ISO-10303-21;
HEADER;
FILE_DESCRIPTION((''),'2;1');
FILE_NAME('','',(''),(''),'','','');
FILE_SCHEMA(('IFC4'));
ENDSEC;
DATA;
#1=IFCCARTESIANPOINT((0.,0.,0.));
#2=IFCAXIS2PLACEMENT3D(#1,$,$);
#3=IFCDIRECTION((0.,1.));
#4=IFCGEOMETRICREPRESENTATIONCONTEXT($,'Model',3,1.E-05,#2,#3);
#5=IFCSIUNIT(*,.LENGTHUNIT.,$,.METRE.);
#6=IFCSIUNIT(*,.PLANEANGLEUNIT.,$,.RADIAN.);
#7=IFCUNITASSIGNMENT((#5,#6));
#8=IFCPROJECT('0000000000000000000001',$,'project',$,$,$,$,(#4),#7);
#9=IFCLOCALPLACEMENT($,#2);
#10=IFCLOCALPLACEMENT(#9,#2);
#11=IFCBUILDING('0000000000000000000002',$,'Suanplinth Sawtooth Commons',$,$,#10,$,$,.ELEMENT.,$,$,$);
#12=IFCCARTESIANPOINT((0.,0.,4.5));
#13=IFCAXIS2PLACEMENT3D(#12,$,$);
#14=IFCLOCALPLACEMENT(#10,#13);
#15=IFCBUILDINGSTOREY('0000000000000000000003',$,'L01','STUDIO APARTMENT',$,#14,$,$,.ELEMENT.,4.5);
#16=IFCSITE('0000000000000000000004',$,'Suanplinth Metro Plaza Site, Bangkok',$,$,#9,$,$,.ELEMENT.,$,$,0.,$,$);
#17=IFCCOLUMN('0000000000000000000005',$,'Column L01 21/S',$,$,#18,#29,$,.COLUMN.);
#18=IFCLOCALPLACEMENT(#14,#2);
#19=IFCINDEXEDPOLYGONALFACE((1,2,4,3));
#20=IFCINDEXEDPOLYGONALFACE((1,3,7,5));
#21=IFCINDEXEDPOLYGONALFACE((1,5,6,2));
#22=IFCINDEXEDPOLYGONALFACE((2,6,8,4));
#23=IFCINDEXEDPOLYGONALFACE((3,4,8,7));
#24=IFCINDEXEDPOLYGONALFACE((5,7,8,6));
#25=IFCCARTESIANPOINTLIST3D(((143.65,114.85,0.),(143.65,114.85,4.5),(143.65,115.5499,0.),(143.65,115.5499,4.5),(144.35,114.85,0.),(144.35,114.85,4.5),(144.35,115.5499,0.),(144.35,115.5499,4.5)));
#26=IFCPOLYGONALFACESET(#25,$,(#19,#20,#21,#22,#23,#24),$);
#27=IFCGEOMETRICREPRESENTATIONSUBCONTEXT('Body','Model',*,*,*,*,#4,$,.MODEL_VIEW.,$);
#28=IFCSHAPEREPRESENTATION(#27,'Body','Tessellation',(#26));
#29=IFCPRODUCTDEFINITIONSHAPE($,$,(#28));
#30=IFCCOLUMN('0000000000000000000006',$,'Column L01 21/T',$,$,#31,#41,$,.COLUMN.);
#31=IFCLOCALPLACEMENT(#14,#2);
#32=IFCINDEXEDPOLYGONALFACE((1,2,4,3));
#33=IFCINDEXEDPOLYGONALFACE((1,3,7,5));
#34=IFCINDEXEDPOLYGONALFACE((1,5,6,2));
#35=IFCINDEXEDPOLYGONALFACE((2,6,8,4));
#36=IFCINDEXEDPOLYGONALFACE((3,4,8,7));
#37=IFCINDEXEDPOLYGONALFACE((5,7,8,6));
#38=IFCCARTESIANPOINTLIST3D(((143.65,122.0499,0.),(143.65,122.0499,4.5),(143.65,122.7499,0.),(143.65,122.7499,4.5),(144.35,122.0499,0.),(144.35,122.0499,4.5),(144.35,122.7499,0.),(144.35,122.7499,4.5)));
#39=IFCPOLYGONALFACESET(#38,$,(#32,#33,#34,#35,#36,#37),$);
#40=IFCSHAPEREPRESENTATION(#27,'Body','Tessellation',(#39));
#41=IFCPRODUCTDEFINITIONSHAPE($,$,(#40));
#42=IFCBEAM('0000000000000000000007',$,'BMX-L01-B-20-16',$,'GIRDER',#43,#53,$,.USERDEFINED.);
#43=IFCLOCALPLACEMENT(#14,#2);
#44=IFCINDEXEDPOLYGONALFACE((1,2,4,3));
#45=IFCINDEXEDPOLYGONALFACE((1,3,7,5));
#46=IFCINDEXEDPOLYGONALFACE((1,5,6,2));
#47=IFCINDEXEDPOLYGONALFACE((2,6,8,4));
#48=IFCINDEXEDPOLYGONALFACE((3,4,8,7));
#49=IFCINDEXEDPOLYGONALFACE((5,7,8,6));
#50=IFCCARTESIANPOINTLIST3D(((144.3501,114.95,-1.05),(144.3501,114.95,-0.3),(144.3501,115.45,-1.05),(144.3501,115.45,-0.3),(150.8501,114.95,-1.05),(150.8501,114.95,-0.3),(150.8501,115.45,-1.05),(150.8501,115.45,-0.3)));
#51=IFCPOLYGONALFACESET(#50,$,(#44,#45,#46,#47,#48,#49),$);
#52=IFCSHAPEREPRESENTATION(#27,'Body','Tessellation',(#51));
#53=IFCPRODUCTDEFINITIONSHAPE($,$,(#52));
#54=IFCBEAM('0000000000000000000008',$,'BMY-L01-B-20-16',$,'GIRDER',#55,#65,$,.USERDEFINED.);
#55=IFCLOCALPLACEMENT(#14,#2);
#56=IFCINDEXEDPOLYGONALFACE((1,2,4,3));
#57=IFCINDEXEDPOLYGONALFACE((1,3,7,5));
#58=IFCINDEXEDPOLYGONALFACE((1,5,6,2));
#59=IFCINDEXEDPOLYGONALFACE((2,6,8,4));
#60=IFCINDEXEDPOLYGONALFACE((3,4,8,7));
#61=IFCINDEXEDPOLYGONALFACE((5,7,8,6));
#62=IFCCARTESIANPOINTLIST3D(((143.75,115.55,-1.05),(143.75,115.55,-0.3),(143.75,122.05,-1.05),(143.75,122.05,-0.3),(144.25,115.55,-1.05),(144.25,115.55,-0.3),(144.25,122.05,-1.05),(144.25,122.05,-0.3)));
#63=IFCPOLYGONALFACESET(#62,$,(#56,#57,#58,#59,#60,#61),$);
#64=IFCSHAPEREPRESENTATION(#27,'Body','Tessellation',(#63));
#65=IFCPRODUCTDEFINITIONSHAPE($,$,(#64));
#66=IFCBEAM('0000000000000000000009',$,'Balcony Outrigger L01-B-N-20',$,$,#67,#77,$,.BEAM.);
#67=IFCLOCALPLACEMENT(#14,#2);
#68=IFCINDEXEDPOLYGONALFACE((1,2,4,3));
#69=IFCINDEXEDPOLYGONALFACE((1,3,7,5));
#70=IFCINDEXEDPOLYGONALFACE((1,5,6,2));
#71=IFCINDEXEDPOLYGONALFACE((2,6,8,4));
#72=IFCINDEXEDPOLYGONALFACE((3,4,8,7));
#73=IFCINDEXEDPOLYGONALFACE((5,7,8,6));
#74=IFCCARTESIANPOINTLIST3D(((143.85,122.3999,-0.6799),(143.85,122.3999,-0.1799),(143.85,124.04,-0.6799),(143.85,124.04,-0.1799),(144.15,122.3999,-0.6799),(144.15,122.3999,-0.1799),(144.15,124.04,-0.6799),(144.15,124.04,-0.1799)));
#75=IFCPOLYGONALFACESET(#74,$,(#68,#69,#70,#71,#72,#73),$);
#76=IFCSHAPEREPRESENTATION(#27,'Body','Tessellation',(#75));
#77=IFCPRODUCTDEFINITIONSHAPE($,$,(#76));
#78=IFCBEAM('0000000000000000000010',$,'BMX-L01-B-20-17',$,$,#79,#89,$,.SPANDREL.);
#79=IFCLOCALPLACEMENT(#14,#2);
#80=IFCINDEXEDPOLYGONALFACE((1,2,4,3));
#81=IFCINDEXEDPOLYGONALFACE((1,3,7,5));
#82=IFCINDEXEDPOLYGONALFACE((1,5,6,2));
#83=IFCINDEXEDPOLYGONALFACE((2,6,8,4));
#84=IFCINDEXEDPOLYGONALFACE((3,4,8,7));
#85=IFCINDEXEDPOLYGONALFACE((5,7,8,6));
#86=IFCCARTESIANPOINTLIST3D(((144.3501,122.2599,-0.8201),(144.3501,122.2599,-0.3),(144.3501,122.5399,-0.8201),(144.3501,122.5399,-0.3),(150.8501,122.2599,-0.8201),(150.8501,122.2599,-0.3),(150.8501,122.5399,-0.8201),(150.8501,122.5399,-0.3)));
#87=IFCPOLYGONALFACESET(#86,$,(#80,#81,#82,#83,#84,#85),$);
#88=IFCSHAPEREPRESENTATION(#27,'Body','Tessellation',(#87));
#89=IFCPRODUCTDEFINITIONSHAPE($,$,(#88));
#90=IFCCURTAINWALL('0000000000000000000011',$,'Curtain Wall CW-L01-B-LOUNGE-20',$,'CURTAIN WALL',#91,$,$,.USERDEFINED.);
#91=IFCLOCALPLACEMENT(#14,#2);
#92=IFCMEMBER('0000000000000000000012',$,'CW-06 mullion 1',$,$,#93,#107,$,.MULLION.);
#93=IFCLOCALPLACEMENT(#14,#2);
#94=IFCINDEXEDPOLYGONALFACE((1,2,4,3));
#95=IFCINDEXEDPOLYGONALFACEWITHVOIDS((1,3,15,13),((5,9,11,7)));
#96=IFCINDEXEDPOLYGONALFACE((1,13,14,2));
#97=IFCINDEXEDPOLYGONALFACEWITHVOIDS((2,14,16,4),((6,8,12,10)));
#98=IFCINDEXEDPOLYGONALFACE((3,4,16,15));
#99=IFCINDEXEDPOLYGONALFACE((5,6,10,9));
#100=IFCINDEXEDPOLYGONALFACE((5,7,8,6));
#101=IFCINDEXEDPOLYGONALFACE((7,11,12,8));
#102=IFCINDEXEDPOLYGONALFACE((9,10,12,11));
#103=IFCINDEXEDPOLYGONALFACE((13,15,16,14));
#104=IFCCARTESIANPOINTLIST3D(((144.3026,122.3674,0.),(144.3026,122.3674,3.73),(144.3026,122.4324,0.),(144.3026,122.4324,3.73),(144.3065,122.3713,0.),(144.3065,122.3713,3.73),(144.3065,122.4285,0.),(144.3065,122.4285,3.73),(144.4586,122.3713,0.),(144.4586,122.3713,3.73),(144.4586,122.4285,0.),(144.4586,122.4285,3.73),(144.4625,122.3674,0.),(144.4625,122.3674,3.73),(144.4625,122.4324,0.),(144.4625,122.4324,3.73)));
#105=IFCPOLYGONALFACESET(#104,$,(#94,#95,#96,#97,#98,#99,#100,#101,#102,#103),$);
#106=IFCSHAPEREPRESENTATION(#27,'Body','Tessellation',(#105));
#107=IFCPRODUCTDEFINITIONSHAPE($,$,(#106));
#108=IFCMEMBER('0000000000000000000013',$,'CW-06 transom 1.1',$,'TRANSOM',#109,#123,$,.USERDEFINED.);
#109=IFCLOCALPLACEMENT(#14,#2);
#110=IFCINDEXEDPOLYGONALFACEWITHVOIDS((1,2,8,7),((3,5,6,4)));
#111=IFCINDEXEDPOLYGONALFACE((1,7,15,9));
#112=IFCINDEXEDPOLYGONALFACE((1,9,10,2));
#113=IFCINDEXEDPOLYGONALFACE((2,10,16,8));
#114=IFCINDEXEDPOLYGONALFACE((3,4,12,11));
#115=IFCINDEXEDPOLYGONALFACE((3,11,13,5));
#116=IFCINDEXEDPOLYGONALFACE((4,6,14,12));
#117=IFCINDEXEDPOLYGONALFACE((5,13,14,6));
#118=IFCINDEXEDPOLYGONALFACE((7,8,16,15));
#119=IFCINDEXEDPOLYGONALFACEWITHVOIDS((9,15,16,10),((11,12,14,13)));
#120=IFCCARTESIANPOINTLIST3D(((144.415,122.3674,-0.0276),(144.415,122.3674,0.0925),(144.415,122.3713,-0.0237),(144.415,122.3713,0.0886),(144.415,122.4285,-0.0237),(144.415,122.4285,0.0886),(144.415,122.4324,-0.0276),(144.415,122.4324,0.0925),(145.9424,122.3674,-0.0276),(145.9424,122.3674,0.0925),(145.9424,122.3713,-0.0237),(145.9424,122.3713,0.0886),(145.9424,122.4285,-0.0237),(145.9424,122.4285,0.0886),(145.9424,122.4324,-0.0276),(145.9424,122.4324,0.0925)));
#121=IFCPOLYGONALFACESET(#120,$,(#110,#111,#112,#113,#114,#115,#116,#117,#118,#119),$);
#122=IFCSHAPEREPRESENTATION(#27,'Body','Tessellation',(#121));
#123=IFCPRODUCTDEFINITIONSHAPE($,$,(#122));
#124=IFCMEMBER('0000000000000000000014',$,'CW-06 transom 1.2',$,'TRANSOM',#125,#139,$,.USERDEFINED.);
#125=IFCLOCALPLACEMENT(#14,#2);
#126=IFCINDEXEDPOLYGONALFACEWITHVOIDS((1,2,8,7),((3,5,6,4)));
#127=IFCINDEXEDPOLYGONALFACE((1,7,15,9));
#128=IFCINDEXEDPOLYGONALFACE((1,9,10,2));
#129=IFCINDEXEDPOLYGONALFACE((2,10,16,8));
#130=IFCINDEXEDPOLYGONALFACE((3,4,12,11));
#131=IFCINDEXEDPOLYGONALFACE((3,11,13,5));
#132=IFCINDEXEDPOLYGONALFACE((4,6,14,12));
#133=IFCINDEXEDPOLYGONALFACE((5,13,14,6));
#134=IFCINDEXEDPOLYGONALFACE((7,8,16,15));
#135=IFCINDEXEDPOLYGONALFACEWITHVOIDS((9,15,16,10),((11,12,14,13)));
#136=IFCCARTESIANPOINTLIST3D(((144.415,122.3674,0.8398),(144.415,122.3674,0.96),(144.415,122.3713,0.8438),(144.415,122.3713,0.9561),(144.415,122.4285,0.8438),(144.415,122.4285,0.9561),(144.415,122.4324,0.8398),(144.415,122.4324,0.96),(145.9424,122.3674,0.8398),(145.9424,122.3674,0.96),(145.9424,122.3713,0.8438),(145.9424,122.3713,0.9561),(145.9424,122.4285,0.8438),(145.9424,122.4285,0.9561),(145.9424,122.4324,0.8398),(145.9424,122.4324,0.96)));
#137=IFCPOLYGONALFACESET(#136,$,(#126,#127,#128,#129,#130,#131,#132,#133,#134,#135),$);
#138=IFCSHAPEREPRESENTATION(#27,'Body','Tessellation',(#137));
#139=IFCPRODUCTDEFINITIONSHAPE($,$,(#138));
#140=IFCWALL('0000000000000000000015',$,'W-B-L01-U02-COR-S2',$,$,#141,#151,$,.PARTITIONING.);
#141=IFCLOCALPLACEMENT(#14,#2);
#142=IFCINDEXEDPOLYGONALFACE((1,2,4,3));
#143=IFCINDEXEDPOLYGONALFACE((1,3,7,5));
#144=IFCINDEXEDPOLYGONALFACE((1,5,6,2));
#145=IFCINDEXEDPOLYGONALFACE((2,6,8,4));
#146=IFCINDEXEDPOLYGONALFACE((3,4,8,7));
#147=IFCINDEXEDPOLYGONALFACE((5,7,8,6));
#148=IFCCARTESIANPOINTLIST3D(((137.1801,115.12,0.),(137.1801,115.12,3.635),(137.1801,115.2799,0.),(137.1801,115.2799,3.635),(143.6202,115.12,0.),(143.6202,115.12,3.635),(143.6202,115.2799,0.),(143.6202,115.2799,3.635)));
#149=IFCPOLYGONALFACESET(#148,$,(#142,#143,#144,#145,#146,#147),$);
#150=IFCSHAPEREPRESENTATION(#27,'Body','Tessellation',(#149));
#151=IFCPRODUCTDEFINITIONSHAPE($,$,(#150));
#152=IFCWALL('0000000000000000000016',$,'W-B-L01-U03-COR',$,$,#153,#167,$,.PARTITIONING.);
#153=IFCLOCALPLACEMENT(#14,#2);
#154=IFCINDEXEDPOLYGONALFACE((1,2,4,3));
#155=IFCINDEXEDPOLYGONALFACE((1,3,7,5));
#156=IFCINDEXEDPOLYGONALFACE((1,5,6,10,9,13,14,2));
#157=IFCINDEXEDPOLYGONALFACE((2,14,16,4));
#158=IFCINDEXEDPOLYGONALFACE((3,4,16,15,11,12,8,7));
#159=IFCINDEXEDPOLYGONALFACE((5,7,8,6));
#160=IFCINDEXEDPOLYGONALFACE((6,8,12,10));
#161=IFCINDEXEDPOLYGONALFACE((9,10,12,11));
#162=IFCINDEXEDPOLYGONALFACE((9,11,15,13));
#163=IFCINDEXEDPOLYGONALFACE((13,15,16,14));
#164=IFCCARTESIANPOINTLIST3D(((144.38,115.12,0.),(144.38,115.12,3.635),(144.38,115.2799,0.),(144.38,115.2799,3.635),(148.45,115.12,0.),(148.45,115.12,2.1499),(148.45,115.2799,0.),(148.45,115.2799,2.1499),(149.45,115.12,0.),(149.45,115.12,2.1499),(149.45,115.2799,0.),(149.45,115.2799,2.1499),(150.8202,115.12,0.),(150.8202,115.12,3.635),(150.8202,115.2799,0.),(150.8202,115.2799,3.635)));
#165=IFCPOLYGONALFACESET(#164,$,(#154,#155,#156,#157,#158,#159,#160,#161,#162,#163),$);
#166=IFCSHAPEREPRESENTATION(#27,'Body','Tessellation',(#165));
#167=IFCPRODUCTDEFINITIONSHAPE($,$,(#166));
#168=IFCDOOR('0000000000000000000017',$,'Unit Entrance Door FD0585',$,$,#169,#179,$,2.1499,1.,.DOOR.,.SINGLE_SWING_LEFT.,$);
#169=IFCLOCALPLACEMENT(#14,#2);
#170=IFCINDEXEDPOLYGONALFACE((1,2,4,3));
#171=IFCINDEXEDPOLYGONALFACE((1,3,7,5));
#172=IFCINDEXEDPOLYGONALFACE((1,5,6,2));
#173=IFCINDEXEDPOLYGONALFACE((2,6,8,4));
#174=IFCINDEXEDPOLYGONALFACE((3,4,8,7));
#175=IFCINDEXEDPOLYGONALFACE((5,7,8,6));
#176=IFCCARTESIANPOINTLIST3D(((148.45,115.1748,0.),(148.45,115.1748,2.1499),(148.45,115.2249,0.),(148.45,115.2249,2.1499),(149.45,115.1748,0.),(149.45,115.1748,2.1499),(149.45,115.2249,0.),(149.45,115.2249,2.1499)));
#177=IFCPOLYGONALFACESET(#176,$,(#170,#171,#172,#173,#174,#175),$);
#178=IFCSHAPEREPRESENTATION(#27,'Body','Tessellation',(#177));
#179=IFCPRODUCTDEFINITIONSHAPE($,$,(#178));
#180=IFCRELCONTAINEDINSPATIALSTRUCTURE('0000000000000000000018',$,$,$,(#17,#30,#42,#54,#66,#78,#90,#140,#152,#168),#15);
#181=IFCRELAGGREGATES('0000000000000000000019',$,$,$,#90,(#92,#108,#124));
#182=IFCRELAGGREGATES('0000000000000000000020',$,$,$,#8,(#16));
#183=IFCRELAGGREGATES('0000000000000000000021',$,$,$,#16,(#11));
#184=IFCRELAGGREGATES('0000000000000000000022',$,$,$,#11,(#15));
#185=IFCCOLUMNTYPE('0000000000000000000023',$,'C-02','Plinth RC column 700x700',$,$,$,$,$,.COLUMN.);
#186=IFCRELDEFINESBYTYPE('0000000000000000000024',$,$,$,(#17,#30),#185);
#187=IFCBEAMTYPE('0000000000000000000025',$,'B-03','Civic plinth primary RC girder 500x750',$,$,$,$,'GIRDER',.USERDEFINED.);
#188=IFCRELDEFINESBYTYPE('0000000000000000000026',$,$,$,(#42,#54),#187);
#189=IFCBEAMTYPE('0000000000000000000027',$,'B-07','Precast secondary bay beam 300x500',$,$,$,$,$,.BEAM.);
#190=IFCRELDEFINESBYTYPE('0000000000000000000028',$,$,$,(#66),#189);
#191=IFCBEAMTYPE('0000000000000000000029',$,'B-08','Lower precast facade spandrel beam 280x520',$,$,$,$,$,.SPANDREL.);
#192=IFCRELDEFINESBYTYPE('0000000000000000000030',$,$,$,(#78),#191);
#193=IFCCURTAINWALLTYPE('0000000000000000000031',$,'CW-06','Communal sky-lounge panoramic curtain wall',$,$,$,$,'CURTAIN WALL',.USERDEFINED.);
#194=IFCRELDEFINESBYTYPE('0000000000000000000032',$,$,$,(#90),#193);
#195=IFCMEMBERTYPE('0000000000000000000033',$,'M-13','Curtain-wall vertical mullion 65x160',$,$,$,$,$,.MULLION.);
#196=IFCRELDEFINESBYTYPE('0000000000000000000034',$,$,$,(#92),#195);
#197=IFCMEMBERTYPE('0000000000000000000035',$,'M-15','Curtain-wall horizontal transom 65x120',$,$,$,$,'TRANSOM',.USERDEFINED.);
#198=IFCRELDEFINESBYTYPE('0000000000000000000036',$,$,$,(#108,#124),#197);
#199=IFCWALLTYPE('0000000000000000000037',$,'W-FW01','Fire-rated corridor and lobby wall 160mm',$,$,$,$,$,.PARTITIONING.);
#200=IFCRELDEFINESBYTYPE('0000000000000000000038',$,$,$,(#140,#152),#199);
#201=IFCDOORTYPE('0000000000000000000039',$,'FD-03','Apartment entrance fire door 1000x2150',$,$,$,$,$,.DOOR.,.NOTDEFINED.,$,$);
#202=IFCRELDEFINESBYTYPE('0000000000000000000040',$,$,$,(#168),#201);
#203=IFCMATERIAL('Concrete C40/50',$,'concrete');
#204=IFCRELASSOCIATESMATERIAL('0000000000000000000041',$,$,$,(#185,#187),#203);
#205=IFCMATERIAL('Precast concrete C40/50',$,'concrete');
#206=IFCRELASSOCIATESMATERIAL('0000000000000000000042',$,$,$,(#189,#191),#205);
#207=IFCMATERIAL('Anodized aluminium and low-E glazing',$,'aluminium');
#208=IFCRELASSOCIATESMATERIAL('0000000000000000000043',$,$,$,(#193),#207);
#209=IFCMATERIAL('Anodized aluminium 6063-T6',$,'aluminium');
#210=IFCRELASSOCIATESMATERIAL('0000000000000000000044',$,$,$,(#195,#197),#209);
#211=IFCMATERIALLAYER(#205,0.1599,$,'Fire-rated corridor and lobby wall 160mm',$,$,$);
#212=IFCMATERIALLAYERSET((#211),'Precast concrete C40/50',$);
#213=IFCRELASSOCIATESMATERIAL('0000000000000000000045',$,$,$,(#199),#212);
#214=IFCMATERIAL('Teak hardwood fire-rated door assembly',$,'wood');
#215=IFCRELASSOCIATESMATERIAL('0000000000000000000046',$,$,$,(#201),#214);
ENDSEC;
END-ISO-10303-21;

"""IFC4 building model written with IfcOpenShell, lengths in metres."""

from ifc_helpers import new_model, si_unit, direction, frame, frame_2d, origin, origin_2d, place, context, subcontext, project, spatial, rectangle, hollow_rectangle, extrude, material, layer, layer_set, material_profile, profile_set, type_object, element, fill, aggregate, save


model = new_model("IFC4")

# Units and contexts
model_context = context("Model", 3, precision=1e-05, world=origin(), true_north=direction((0.0, 1.0)))
body_context = subcontext(model_context, "Body", "Model", "MODEL_VIEW")
ifc_project = project(units=[si_unit("LENGTHUNIT", "METRE"), si_unit("PLANEANGLEUNIT", "RADIAN")], contexts=[model_context])

# Site, building, storey
site_placement = place(None, origin())
site = spatial("IfcSite", under=ifc_project, at=site_placement, Name="Suanplinth Metro Plaza Site, Bangkok", CompositionType="ELEMENT", RefElevation=0.0)
building_placement = place(site_placement, origin())
building = spatial("IfcBuilding", under=site, at=building_placement, Name="Suanplinth Sawtooth Commons", CompositionType="ELEMENT")
storey_placement = place(building_placement, frame((0.0, 0.0, 4.5)))
storey = spatial("IfcBuildingStorey", under=building, at=storey_placement, Name="L01", Description="STUDIO APARTMENT", CompositionType="ELEMENT", Elevation=4.5)

# Columns
ifc_material_1 = material(Name="Concrete C40/50", Category="concrete")
ifc_material_profile_1 = material_profile(ifc_material_1, rectangle(XDim=0.7, YDim=0.7, at=origin_2d()), Name="RC-COL 700x700")
ifc_profile_set_1 = profile_set([ifc_material_profile_1], Name="Concrete C40/50")
column_type = type_object("IfcColumnType", Name="C-02", Description="Plinth RC column 700x700", PredefinedType="COLUMN", material=ifc_profile_set_1)
for number, where, z_axis, x_axis, name in (
    (1, (144.0, 115.2, 0.0), (0.0, 0.0, 1.0), (1.0, 0.0, 0.0), "Column L01 21/S"),
    (2, (144.0, 122.3999, 0.0), (0.0, 0.0, 1.0), (1.0, 0.0, 0.0), "Column L01 21/T"),
):
    element("IfcColumn", number, at=place(storey_placement, frame(where, z_axis=z_axis, x_axis=x_axis)), inside=storey, type_object=column_type, Name=name, PredefinedType="COLUMN", context=body_context, shape_type="SweptSolid", body=[
        extrude(rectangle(XDim=0.7, YDim=0.7, at=origin_2d()), origin(), (0.0, 0.0, 1.0), 4.5),
    ])

# Beams
ifc_material_profile_2 = material_profile(ifc_material_1, rectangle(XDim=0.5, YDim=0.75, at=origin_2d()), Name="RC-GDR 500x750")
ifc_profile_set_2 = profile_set([ifc_material_profile_2], Name="Concrete C40/50")
beam_type_1 = type_object("IfcBeamType", Name="B-03", Description="Civic plinth primary RC girder 500x750", ElementType="GIRDER", PredefinedType="USERDEFINED", material=ifc_profile_set_2)
for number, where, z_axis, x_axis, name in (
    (3, (144.3501, 115.2, -0.675), (1.0, 0.0, 0.0), (0.0, 1.0, 0.0), "BMX-L01-B-20-16"),
    (4, (144.0, 115.55, -0.675), (0.0, 1.0, 0.0), (-1.0, 0.0, 0.0), "BMY-L01-B-20-16"),
):
    element("IfcBeam", number, at=place(storey_placement, frame(where, z_axis=z_axis, x_axis=x_axis)), inside=storey, type_object=beam_type_1, Name=name, ObjectType="GIRDER", PredefinedType="USERDEFINED", context=body_context, shape_type="SweptSolid", body=[
        extrude(rectangle(XDim=0.5, YDim=0.75, at=origin_2d()), origin(), (0.0, 0.0, 1.0), 6.5),
    ])
ifc_material_2 = material(Name="Precast concrete C40/50", Category="concrete")
ifc_material_profile_3 = material_profile(ifc_material_2, rectangle(XDim=0.3, YDim=0.5, at=origin_2d()), Name="PC-BM 300x500")
ifc_profile_set_3 = profile_set([ifc_material_profile_3], Name="Precast concrete C40/50")
beam_type_2 = type_object("IfcBeamType", Name="B-07", Description="Precast secondary bay beam 300x500", PredefinedType="BEAM", material=ifc_profile_set_3)
beam_1_placement = place(storey_placement, frame((144.0, 122.3999, -0.4299), z_axis=(0.0, 1.0, 0.0), x_axis=(-1.0, 0.0, 0.0)))
element("IfcBeam", 5, at=beam_1_placement, inside=storey, type_object=beam_type_2, Name="Balcony Outrigger L01-B-N-20", PredefinedType="BEAM", context=body_context, shape_type="SweptSolid", body=[
    extrude(rectangle(XDim=0.3, YDim=0.5, at=origin_2d()), origin(), (0.0, 0.0, 1.0), 1.6401),
])
ifc_material_profile_4 = material_profile(ifc_material_2, rectangle(XDim=0.28, YDim=0.52, at=origin_2d()), Name="PC-SP 280x520")
ifc_profile_set_4 = profile_set([ifc_material_profile_4], Name="Precast concrete C40/50")
beam_type_3 = type_object("IfcBeamType", Name="B-08", Description="Lower precast facade spandrel beam 280x520", PredefinedType="SPANDREL", material=ifc_profile_set_4)
beam_2_placement = place(storey_placement, frame((144.3501, 122.3999, -0.5601), z_axis=(1.0, 0.0, 0.0), x_axis=(0.0, 1.0, 0.0)))
element("IfcBeam", 6, at=beam_2_placement, inside=storey, type_object=beam_type_3, Name="BMX-L01-B-20-17", PredefinedType="SPANDREL", context=body_context, shape_type="SweptSolid", body=[
    extrude(rectangle(XDim=0.28, YDim=0.52, at=origin_2d()), origin(), (0.0, 0.0, 1.0), 6.5),
])

# Curtain wall, members
ifc_material_3 = material(Name="Anodized aluminium and low-E glazing", Category="aluminium")
curtain_wall_type = type_object("IfcCurtainWallType", Name="CW-06", Description="Communal sky-lounge panoramic curtain wall", ElementType="CURTAIN WALL", PredefinedType="USERDEFINED", material=ifc_material_3)
curtain_wall_placement = place(storey_placement, origin())
curtain_wall = element("IfcCurtainWall", 7, at=curtain_wall_placement, inside=storey, type_object=curtain_wall_type, Name="Curtain Wall CW-L01-B-LOUNGE-20", ObjectType="CURTAIN WALL", PredefinedType="USERDEFINED")
ifc_material_4 = material(Name="Anodized aluminium 6063-T6", Category="aluminium")
ifc_material_profile_5 = material_profile(ifc_material_4, hollow_rectangle(XDim=0.0649, YDim=0.1599, WallThickness=0.0039, at=origin_2d()), Name="ALU-MUL 65x160")
ifc_profile_set_5 = profile_set([ifc_material_profile_5], Name="Anodized aluminium 6063-T6")
member_type_1 = type_object("IfcMemberType", Name="M-13", Description="Curtain-wall vertical mullion 65x160", PredefinedType="MULLION", material=ifc_profile_set_5)
member_1_placement = place(storey_placement, frame((144.3826, 122.3999, 0.0), z_axis=(0.0, 0.0, 1.0), x_axis=(0.0, 1.0, 0.0)))
member_1 = element("IfcMember", 8, at=member_1_placement, type_object=member_type_1, Name="CW-06 mullion 1", PredefinedType="MULLION", context=body_context, shape_type="SweptSolid", body=[
    extrude(hollow_rectangle(XDim=0.0649, YDim=0.1599, WallThickness=0.0039, at=origin_2d()), origin(), (0.0, 0.0, 1.0), 3.73),
])
ifc_material_profile_6 = material_profile(ifc_material_4, hollow_rectangle(XDim=0.0649, YDim=0.1201, WallThickness=0.0039, at=origin_2d()), Name="ALU-TRN 65x120")
ifc_profile_set_6 = profile_set([ifc_material_profile_6], Name="Anodized aluminium 6063-T6")
member_type_2 = type_object("IfcMemberType", Name="M-15", Description="Curtain-wall horizontal transom 65x120", ElementType="TRANSOM", PredefinedType="USERDEFINED", material=ifc_profile_set_6)
member_2_placement = place(storey_placement, frame((144.415, 122.3999, 0.0325), z_axis=(1.0, 0.0, 0.0), x_axis=(0.0, 1.0, 0.0)))
member_2 = element("IfcMember", 9, at=member_2_placement, type_object=member_type_2, Name="CW-06 transom 1.1", ObjectType="TRANSOM", PredefinedType="USERDEFINED", context=body_context, shape_type="SweptSolid", body=[
    extrude(hollow_rectangle(XDim=0.0649, YDim=0.1201, WallThickness=0.0039, at=origin_2d()), origin(), (0.0, 0.0, 1.0), 1.5273),
])
member_3_placement = place(storey_placement, frame((144.415, 122.3999, 0.8999), z_axis=(1.0, 0.0, 0.0), x_axis=(0.0, 1.0, 0.0)))
member_3 = element("IfcMember", 10, at=member_3_placement, type_object=member_type_2, Name="CW-06 transom 1.2", ObjectType="TRANSOM", PredefinedType="USERDEFINED", context=body_context, shape_type="SweptSolid", body=[
    extrude(hollow_rectangle(XDim=0.0649, YDim=0.1201, WallThickness=0.0039, at=origin_2d()), origin(), (0.0, 0.0, 1.0), 1.5273),
])
aggregate(curtain_wall, [member_1, member_2, member_3])

# Wall
ifc_layer_1 = layer(ifc_material_2, 0.1599, Name="Fire-rated corridor and lobby wall 160mm")
ifc_layer_set_1 = layer_set([ifc_layer_1], Name="Precast concrete C40/50")
wall_type_1 = type_object("IfcWallType", Name="W-FW01", Description="Fire-rated corridor and lobby wall 160mm", PredefinedType="PARTITIONING", material=ifc_layer_set_1)
wall_1_placement = place(storey_placement, frame((137.1799, 115.2, 0.0), z_axis=(0.0, 0.0, 1.0), x_axis=(1.0, 0.0, 0.0)))
element("IfcWall", 11, at=wall_1_placement, inside=storey, type_object=wall_type_1, Name="W-B-L01-U02-COR-S2", PredefinedType="PARTITIONING", context=body_context, shape_type="SweptSolid", body=[
    extrude(rectangle(XDim=6.4402, YDim=0.1599, at=frame_2d((3.2202, 0.0))), origin(), (0.0, 0.0, 1.0), 3.635),
])

# Wall, opening, door
wall_2_placement = place(storey_placement, frame((144.3799, 115.2, 0.0), z_axis=(0.0, 0.0, 1.0), x_axis=(1.0, 0.0, 0.0)))
wall_2 = element("IfcWall", 12, at=wall_2_placement, inside=storey, type_object=wall_type_1, Name="W-B-L01-U03-COR", PredefinedType="PARTITIONING", context=body_context, shape_type="SweptSolid", body=[
    extrude(rectangle(XDim=6.4402, YDim=0.1599, at=frame_2d((3.2202, 0.0))), origin(), (0.0, 0.0, 1.0), 3.635),
])
opening_1_placement = place(wall_2_placement, frame((4.0701, 0.0, 0.0)))
opening_1 = element("IfcOpeningElement", 13, at=opening_1_placement, cuts=wall_2, PredefinedType="OPENING", context=body_context, shape_type="SweptSolid", body=[
    extrude(rectangle(XDim=1.0, YDim=2.1499, at=frame_2d((0.5, 1.075))), frame((0.0, 0.0947, 0.0), z_axis=(0.0, -1.0, 0.0), x_axis=(1.0, 0.0, 0.0)), (0.0, 0.0, 1.0), 0.1897),
])
ifc_material_5 = material(Name="Teak hardwood fire-rated door assembly", Category="wood")
door_type_1 = type_object("IfcDoorType", Name="FD-03", Description="Apartment entrance fire door 1000x2150", OperationType="NOTDEFINED", PredefinedType="DOOR", material=ifc_material_5)
door_1_placement = place(opening_1_placement, origin())
door_1 = element("IfcDoor", 14, at=door_1_placement, inside=storey, type_object=door_type_1, Name="Unit Entrance Door FD0585", OperationType="SINGLE_SWING_LEFT", OverallHeight=2.1499, OverallWidth=1.0, PredefinedType="DOOR", context=body_context, shape_type="SweptSolid", body=[
    extrude(rectangle(XDim=1.0, YDim=2.1499, at=frame_2d((0.5, 1.075))), frame((0.0, 0.0249, 0.0), z_axis=(0.0, -1.0, 0.0), x_axis=(1.0, 0.0, 0.0)), (0.0, 0.0, 1.0), 0.05),
])
fill(opening_1, door_1)

save(model, "model.ifc")
